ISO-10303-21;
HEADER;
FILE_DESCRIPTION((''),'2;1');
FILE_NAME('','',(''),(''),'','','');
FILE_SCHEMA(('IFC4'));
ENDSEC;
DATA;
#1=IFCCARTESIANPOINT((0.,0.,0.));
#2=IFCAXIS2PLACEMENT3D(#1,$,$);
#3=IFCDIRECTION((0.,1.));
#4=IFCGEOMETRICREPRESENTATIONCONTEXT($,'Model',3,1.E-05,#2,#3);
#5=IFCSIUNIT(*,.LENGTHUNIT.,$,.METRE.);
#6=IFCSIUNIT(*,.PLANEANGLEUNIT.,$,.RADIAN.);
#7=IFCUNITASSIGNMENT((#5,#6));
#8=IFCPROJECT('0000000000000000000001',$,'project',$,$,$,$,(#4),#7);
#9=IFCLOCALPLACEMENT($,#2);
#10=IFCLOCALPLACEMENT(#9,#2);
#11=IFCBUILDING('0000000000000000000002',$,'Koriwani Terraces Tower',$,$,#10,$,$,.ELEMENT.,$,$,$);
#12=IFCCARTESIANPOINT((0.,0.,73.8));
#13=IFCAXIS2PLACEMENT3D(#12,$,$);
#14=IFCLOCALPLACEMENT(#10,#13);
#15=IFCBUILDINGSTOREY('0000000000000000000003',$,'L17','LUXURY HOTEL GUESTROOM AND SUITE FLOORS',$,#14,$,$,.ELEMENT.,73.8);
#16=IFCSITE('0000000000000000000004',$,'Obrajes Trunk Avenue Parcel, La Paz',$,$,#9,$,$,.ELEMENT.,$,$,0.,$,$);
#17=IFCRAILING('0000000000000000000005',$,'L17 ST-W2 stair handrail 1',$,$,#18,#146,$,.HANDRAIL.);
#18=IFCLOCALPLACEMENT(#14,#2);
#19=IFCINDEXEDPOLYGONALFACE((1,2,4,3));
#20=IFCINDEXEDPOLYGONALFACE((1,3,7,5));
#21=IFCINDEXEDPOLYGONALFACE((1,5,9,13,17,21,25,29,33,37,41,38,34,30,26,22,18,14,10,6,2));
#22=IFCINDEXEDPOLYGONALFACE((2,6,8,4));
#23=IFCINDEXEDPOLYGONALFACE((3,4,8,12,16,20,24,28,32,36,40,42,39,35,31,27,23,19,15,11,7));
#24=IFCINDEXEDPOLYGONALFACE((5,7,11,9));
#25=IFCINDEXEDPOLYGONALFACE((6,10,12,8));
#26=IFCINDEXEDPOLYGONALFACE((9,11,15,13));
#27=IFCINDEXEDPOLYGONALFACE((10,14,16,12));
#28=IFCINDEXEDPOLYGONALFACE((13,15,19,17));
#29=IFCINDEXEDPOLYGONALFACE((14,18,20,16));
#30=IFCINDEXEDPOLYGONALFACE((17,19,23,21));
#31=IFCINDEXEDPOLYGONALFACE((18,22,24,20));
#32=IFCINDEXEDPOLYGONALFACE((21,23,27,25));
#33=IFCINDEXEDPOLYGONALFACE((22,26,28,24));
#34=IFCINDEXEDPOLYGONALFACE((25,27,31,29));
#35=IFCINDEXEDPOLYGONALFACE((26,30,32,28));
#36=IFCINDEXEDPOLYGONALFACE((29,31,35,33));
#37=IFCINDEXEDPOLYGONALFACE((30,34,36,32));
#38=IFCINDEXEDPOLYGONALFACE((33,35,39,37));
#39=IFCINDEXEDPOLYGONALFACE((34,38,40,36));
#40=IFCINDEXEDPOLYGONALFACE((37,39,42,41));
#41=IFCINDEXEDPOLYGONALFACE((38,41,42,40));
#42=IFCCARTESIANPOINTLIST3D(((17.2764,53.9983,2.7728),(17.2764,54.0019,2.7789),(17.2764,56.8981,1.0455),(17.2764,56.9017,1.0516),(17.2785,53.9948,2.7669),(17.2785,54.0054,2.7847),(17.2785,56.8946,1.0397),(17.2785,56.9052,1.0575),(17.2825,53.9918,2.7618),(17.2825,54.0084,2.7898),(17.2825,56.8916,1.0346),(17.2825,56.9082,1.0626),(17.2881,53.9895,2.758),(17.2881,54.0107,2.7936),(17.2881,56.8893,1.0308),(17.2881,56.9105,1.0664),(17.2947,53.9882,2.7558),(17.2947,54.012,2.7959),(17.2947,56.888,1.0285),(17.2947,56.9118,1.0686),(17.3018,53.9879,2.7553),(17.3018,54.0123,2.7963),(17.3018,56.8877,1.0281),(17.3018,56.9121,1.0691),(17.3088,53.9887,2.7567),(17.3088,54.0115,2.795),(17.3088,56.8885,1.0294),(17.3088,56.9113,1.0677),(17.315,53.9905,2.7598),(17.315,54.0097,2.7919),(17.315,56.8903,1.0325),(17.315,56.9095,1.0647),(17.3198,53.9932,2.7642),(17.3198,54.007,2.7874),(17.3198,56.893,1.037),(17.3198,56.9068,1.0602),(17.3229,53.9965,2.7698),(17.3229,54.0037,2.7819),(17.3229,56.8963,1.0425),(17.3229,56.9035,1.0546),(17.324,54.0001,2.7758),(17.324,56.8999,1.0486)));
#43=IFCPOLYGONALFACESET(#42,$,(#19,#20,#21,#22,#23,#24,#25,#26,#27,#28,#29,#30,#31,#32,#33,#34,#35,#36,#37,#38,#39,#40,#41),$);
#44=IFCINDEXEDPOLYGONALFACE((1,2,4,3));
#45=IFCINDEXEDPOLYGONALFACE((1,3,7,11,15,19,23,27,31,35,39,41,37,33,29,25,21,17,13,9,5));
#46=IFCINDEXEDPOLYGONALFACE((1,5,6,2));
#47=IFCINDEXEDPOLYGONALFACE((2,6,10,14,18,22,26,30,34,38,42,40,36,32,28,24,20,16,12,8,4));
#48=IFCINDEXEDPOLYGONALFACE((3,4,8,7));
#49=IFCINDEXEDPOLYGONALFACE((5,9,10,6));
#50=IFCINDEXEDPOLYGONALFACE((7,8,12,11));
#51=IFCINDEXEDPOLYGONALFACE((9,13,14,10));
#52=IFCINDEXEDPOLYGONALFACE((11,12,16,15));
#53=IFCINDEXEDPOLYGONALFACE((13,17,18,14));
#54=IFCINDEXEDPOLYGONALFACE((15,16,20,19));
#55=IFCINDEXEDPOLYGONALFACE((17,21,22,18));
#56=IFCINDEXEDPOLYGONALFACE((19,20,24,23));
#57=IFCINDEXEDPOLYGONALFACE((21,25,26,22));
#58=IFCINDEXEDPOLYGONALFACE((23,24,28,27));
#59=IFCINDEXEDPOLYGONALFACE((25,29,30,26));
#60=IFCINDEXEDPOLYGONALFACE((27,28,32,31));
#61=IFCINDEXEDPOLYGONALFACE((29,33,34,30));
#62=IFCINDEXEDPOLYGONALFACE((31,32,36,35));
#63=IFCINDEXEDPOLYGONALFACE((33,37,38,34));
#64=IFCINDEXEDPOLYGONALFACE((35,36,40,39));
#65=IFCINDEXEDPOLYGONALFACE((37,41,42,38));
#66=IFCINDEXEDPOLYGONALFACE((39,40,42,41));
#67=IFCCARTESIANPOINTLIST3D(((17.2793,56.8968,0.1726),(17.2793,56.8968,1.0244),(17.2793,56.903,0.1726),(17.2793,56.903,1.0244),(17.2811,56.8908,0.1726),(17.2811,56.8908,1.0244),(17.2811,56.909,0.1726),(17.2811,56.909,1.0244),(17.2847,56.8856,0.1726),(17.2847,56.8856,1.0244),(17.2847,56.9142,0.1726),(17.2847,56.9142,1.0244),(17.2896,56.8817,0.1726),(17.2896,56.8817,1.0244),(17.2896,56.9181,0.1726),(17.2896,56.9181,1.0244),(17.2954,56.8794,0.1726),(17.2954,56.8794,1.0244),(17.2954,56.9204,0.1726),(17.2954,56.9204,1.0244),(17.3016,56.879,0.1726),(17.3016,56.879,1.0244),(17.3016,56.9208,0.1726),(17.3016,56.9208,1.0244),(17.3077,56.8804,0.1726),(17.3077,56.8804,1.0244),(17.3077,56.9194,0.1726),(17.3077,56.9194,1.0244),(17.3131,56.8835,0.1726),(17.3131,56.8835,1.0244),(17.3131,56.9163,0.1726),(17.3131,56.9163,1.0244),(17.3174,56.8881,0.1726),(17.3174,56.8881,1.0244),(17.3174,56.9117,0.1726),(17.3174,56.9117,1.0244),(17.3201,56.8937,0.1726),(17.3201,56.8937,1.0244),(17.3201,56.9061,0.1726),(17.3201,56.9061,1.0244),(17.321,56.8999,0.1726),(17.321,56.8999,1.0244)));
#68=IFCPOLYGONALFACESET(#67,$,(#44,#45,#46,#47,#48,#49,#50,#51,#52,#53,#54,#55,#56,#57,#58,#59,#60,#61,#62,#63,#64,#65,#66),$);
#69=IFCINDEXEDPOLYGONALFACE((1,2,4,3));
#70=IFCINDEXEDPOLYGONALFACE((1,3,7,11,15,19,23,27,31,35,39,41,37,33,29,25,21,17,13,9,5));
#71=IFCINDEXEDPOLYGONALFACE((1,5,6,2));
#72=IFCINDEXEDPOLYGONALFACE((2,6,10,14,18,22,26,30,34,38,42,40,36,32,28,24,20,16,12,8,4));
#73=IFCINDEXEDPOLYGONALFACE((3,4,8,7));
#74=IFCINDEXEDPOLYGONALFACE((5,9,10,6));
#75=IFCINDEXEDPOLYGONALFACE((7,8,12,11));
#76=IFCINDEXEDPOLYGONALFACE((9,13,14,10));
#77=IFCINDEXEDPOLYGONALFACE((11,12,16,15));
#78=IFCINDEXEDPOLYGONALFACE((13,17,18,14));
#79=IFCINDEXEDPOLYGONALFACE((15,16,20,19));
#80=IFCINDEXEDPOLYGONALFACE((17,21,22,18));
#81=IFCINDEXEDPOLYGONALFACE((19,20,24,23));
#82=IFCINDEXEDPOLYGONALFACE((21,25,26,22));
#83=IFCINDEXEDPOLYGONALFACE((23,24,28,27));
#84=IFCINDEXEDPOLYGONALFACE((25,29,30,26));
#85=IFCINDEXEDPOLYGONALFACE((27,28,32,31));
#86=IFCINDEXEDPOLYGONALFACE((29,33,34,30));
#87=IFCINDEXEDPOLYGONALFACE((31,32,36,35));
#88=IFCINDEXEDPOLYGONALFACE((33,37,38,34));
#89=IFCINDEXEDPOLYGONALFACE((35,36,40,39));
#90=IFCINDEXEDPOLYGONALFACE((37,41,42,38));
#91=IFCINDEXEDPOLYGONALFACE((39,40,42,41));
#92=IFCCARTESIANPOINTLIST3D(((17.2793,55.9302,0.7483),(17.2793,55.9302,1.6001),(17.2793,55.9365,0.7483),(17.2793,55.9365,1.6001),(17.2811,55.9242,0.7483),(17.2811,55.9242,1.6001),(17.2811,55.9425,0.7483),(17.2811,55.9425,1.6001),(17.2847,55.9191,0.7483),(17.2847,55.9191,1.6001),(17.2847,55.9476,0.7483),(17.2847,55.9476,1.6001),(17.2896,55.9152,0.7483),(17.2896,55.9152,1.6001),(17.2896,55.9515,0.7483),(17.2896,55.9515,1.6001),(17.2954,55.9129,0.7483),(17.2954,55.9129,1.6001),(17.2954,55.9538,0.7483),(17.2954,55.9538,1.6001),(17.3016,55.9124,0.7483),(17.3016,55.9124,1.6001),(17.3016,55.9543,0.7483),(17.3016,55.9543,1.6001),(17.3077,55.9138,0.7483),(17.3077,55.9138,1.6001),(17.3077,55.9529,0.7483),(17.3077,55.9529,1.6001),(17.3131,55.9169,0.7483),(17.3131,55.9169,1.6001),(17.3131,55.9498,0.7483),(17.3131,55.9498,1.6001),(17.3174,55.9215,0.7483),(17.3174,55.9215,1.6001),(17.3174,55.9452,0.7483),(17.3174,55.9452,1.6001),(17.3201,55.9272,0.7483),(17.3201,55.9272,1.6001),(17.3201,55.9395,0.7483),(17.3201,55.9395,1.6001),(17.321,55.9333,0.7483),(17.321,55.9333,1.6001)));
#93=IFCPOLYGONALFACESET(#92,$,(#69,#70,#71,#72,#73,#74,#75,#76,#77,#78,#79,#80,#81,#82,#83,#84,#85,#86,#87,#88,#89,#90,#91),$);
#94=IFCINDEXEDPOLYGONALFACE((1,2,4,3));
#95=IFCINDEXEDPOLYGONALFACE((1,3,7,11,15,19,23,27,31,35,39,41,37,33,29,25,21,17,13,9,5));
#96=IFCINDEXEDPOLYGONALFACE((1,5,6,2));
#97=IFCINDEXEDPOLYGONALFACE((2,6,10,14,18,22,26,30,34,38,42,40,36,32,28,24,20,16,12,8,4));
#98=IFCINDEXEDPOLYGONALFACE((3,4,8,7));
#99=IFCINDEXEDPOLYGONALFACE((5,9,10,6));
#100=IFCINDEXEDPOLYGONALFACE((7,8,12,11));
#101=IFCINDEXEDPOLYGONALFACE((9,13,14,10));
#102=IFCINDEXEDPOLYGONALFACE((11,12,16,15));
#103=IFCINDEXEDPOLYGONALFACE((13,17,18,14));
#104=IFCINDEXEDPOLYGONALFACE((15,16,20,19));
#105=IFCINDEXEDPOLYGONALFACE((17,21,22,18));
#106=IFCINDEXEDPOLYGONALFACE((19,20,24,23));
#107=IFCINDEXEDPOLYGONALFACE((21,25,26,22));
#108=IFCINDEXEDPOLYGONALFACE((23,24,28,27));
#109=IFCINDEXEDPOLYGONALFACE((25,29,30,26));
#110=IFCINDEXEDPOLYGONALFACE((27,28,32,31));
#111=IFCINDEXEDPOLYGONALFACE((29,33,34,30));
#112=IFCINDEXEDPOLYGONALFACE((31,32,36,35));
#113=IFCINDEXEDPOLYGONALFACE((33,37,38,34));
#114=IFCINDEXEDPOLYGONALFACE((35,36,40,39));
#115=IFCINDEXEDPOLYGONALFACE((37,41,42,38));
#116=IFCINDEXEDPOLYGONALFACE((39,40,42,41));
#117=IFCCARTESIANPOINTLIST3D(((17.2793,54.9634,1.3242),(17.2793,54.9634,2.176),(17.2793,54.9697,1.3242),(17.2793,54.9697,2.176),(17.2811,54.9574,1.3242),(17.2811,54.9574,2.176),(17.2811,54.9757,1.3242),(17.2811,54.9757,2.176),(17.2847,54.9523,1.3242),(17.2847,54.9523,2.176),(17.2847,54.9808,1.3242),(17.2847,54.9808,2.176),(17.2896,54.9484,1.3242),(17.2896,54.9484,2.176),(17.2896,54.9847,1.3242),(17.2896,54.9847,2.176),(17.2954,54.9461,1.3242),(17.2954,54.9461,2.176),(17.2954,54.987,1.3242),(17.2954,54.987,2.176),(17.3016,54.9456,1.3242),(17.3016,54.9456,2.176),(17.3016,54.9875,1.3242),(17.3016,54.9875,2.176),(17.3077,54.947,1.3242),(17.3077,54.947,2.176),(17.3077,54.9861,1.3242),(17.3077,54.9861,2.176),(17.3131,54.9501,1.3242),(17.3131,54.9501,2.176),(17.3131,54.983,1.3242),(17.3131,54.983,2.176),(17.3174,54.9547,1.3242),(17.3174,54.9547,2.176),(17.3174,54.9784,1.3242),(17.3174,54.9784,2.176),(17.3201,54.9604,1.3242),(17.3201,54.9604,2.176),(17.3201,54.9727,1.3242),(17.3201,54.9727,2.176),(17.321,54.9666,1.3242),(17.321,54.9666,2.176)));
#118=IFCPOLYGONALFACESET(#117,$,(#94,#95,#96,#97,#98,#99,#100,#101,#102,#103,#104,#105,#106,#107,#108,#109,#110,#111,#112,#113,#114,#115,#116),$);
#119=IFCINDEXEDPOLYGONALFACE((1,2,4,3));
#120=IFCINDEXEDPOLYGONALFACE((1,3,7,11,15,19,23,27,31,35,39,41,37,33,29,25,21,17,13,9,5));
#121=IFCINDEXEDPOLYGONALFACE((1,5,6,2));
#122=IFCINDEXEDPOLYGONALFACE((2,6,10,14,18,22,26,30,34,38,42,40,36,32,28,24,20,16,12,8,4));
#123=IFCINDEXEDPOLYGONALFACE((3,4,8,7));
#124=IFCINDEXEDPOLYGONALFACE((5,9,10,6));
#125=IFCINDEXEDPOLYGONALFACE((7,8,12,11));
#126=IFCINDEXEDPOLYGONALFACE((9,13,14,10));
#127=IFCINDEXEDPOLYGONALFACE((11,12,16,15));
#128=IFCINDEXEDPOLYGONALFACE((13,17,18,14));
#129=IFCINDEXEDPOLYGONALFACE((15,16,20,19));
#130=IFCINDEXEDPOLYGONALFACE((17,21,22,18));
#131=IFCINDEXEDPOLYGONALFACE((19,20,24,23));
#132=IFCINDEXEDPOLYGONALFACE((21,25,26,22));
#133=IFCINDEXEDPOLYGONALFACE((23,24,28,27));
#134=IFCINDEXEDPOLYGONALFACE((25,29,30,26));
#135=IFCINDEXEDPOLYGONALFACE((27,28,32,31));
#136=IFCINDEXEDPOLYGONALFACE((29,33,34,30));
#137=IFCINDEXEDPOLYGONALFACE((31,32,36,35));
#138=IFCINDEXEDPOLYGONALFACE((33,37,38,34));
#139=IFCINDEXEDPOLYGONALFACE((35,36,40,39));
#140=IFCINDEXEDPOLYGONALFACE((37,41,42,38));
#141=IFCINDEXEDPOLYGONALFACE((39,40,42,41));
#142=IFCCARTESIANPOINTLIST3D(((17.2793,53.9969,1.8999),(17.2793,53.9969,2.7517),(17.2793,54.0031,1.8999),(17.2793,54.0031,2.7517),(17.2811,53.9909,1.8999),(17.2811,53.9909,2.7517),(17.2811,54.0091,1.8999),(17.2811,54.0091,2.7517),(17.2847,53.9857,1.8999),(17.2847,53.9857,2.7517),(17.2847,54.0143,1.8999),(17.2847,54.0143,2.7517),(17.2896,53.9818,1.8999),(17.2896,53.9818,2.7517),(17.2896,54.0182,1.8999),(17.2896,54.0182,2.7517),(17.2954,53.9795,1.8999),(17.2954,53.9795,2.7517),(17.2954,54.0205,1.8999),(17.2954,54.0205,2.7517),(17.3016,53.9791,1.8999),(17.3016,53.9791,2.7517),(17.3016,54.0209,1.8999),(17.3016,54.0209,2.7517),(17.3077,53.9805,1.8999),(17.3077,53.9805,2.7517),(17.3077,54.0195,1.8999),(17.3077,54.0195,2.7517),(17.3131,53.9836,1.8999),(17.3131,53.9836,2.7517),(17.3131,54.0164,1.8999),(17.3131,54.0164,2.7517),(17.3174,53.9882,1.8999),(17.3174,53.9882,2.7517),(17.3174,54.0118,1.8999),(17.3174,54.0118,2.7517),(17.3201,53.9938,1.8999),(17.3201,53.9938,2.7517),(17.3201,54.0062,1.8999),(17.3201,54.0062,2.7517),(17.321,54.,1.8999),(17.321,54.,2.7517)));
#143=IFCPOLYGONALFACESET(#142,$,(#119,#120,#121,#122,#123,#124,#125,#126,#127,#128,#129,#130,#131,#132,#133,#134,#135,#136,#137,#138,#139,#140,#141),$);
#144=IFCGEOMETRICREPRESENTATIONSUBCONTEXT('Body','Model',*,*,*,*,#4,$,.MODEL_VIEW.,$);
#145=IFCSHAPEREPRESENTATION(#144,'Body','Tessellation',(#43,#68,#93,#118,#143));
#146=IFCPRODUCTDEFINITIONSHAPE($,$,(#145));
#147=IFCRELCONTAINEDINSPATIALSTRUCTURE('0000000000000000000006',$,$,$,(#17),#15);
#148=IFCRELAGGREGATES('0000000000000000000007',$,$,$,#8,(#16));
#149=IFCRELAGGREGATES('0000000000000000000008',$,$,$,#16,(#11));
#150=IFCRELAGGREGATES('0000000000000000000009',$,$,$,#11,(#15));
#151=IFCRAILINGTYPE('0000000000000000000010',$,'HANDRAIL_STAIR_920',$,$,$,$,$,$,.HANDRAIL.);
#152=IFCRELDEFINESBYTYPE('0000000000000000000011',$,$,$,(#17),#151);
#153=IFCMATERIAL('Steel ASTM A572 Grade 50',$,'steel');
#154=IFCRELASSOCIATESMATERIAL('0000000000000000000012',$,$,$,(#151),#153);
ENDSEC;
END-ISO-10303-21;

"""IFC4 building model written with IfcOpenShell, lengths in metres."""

from ifc_helpers import new_model, si_unit, direction, frame, origin, origin_2d, place, context, subcontext, project, spatial, circle, extrude, material, type_object, element, save


model = new_model("IFC4")

# Units and contexts
model_context = context("Model", 3, precision=1e-05, world=origin(), true_north=direction((0.0, 1.0)))
body_context = subcontext(model_context, "Body", "Model", "MODEL_VIEW")
ifc_project = project(units=[si_unit("LENGTHUNIT", "METRE"), si_unit("PLANEANGLEUNIT", "RADIAN")], contexts=[model_context])

# Site, building, storey
site_placement = place(None, origin())
site = spatial("IfcSite", under=ifc_project, at=site_placement, Name="Obrajes Trunk Avenue Parcel, La Paz", CompositionType="ELEMENT", RefElevation=0.0)
building_placement = place(site_placement, origin())
building = spatial("IfcBuilding", under=site, at=building_placement, Name="Koriwani Terraces Tower", CompositionType="ELEMENT")
storey_placement = place(building_placement, frame((0.0, 0.0, 73.8)))
storey = spatial("IfcBuildingStorey", under=building, at=storey_placement, Name="L17", Description="LUXURY HOTEL GUESTROOM AND SUITE FLOORS", CompositionType="ELEMENT", Elevation=73.8)

# Shared definitions
ifc_material_1 = material(Name="Steel ASTM A572 Grade 50", Category="steel")

# Railing
railing_type_1 = type_object("IfcRailingType", Name="HANDRAIL_STAIR_920", PredefinedType="HANDRAIL", material=ifc_material_1)
for number, where, name in (
    (1, (17.3, 56.8999, 0.1726), "L17 ST-W2 stair handrail 1"),
):
    element("IfcRailing", number, at=place(storey_placement, frame(where)), inside=storey, type_object=railing_type_1, Name=name, PredefinedType="HANDRAIL", context=body_context, shape_type="SweptSolid", body=[
        extrude(circle(Radius=0.0239, at=origin_2d()), frame((0.0, 0.0, 0.876), z_axis=(0.0, -0.859141, 0.511738), x_axis=(1.0, 0.0, 0.0)), (0.0, 0.0, 1.0), 3.3752),
        extrude(circle(Radius=0.021, at=origin_2d()), origin(), (0.0, 0.0, 1.0), 0.8518),
        extrude(circle(Radius=0.021, at=origin_2d()), frame((0.0, -0.9666, 0.5757)), (0.0, 0.0, 1.0), 0.8518),
        extrude(circle(Radius=0.021, at=origin_2d()), frame((0.0, -1.9333, 1.1516)), (0.0, 0.0, 1.0), 0.8518),
        extrude(circle(Radius=0.021, at=origin_2d()), frame((0.0, -2.8999, 1.7273)), (0.0, 0.0, 1.0), 0.8518),
    ])

save(model, "model.ifc")
